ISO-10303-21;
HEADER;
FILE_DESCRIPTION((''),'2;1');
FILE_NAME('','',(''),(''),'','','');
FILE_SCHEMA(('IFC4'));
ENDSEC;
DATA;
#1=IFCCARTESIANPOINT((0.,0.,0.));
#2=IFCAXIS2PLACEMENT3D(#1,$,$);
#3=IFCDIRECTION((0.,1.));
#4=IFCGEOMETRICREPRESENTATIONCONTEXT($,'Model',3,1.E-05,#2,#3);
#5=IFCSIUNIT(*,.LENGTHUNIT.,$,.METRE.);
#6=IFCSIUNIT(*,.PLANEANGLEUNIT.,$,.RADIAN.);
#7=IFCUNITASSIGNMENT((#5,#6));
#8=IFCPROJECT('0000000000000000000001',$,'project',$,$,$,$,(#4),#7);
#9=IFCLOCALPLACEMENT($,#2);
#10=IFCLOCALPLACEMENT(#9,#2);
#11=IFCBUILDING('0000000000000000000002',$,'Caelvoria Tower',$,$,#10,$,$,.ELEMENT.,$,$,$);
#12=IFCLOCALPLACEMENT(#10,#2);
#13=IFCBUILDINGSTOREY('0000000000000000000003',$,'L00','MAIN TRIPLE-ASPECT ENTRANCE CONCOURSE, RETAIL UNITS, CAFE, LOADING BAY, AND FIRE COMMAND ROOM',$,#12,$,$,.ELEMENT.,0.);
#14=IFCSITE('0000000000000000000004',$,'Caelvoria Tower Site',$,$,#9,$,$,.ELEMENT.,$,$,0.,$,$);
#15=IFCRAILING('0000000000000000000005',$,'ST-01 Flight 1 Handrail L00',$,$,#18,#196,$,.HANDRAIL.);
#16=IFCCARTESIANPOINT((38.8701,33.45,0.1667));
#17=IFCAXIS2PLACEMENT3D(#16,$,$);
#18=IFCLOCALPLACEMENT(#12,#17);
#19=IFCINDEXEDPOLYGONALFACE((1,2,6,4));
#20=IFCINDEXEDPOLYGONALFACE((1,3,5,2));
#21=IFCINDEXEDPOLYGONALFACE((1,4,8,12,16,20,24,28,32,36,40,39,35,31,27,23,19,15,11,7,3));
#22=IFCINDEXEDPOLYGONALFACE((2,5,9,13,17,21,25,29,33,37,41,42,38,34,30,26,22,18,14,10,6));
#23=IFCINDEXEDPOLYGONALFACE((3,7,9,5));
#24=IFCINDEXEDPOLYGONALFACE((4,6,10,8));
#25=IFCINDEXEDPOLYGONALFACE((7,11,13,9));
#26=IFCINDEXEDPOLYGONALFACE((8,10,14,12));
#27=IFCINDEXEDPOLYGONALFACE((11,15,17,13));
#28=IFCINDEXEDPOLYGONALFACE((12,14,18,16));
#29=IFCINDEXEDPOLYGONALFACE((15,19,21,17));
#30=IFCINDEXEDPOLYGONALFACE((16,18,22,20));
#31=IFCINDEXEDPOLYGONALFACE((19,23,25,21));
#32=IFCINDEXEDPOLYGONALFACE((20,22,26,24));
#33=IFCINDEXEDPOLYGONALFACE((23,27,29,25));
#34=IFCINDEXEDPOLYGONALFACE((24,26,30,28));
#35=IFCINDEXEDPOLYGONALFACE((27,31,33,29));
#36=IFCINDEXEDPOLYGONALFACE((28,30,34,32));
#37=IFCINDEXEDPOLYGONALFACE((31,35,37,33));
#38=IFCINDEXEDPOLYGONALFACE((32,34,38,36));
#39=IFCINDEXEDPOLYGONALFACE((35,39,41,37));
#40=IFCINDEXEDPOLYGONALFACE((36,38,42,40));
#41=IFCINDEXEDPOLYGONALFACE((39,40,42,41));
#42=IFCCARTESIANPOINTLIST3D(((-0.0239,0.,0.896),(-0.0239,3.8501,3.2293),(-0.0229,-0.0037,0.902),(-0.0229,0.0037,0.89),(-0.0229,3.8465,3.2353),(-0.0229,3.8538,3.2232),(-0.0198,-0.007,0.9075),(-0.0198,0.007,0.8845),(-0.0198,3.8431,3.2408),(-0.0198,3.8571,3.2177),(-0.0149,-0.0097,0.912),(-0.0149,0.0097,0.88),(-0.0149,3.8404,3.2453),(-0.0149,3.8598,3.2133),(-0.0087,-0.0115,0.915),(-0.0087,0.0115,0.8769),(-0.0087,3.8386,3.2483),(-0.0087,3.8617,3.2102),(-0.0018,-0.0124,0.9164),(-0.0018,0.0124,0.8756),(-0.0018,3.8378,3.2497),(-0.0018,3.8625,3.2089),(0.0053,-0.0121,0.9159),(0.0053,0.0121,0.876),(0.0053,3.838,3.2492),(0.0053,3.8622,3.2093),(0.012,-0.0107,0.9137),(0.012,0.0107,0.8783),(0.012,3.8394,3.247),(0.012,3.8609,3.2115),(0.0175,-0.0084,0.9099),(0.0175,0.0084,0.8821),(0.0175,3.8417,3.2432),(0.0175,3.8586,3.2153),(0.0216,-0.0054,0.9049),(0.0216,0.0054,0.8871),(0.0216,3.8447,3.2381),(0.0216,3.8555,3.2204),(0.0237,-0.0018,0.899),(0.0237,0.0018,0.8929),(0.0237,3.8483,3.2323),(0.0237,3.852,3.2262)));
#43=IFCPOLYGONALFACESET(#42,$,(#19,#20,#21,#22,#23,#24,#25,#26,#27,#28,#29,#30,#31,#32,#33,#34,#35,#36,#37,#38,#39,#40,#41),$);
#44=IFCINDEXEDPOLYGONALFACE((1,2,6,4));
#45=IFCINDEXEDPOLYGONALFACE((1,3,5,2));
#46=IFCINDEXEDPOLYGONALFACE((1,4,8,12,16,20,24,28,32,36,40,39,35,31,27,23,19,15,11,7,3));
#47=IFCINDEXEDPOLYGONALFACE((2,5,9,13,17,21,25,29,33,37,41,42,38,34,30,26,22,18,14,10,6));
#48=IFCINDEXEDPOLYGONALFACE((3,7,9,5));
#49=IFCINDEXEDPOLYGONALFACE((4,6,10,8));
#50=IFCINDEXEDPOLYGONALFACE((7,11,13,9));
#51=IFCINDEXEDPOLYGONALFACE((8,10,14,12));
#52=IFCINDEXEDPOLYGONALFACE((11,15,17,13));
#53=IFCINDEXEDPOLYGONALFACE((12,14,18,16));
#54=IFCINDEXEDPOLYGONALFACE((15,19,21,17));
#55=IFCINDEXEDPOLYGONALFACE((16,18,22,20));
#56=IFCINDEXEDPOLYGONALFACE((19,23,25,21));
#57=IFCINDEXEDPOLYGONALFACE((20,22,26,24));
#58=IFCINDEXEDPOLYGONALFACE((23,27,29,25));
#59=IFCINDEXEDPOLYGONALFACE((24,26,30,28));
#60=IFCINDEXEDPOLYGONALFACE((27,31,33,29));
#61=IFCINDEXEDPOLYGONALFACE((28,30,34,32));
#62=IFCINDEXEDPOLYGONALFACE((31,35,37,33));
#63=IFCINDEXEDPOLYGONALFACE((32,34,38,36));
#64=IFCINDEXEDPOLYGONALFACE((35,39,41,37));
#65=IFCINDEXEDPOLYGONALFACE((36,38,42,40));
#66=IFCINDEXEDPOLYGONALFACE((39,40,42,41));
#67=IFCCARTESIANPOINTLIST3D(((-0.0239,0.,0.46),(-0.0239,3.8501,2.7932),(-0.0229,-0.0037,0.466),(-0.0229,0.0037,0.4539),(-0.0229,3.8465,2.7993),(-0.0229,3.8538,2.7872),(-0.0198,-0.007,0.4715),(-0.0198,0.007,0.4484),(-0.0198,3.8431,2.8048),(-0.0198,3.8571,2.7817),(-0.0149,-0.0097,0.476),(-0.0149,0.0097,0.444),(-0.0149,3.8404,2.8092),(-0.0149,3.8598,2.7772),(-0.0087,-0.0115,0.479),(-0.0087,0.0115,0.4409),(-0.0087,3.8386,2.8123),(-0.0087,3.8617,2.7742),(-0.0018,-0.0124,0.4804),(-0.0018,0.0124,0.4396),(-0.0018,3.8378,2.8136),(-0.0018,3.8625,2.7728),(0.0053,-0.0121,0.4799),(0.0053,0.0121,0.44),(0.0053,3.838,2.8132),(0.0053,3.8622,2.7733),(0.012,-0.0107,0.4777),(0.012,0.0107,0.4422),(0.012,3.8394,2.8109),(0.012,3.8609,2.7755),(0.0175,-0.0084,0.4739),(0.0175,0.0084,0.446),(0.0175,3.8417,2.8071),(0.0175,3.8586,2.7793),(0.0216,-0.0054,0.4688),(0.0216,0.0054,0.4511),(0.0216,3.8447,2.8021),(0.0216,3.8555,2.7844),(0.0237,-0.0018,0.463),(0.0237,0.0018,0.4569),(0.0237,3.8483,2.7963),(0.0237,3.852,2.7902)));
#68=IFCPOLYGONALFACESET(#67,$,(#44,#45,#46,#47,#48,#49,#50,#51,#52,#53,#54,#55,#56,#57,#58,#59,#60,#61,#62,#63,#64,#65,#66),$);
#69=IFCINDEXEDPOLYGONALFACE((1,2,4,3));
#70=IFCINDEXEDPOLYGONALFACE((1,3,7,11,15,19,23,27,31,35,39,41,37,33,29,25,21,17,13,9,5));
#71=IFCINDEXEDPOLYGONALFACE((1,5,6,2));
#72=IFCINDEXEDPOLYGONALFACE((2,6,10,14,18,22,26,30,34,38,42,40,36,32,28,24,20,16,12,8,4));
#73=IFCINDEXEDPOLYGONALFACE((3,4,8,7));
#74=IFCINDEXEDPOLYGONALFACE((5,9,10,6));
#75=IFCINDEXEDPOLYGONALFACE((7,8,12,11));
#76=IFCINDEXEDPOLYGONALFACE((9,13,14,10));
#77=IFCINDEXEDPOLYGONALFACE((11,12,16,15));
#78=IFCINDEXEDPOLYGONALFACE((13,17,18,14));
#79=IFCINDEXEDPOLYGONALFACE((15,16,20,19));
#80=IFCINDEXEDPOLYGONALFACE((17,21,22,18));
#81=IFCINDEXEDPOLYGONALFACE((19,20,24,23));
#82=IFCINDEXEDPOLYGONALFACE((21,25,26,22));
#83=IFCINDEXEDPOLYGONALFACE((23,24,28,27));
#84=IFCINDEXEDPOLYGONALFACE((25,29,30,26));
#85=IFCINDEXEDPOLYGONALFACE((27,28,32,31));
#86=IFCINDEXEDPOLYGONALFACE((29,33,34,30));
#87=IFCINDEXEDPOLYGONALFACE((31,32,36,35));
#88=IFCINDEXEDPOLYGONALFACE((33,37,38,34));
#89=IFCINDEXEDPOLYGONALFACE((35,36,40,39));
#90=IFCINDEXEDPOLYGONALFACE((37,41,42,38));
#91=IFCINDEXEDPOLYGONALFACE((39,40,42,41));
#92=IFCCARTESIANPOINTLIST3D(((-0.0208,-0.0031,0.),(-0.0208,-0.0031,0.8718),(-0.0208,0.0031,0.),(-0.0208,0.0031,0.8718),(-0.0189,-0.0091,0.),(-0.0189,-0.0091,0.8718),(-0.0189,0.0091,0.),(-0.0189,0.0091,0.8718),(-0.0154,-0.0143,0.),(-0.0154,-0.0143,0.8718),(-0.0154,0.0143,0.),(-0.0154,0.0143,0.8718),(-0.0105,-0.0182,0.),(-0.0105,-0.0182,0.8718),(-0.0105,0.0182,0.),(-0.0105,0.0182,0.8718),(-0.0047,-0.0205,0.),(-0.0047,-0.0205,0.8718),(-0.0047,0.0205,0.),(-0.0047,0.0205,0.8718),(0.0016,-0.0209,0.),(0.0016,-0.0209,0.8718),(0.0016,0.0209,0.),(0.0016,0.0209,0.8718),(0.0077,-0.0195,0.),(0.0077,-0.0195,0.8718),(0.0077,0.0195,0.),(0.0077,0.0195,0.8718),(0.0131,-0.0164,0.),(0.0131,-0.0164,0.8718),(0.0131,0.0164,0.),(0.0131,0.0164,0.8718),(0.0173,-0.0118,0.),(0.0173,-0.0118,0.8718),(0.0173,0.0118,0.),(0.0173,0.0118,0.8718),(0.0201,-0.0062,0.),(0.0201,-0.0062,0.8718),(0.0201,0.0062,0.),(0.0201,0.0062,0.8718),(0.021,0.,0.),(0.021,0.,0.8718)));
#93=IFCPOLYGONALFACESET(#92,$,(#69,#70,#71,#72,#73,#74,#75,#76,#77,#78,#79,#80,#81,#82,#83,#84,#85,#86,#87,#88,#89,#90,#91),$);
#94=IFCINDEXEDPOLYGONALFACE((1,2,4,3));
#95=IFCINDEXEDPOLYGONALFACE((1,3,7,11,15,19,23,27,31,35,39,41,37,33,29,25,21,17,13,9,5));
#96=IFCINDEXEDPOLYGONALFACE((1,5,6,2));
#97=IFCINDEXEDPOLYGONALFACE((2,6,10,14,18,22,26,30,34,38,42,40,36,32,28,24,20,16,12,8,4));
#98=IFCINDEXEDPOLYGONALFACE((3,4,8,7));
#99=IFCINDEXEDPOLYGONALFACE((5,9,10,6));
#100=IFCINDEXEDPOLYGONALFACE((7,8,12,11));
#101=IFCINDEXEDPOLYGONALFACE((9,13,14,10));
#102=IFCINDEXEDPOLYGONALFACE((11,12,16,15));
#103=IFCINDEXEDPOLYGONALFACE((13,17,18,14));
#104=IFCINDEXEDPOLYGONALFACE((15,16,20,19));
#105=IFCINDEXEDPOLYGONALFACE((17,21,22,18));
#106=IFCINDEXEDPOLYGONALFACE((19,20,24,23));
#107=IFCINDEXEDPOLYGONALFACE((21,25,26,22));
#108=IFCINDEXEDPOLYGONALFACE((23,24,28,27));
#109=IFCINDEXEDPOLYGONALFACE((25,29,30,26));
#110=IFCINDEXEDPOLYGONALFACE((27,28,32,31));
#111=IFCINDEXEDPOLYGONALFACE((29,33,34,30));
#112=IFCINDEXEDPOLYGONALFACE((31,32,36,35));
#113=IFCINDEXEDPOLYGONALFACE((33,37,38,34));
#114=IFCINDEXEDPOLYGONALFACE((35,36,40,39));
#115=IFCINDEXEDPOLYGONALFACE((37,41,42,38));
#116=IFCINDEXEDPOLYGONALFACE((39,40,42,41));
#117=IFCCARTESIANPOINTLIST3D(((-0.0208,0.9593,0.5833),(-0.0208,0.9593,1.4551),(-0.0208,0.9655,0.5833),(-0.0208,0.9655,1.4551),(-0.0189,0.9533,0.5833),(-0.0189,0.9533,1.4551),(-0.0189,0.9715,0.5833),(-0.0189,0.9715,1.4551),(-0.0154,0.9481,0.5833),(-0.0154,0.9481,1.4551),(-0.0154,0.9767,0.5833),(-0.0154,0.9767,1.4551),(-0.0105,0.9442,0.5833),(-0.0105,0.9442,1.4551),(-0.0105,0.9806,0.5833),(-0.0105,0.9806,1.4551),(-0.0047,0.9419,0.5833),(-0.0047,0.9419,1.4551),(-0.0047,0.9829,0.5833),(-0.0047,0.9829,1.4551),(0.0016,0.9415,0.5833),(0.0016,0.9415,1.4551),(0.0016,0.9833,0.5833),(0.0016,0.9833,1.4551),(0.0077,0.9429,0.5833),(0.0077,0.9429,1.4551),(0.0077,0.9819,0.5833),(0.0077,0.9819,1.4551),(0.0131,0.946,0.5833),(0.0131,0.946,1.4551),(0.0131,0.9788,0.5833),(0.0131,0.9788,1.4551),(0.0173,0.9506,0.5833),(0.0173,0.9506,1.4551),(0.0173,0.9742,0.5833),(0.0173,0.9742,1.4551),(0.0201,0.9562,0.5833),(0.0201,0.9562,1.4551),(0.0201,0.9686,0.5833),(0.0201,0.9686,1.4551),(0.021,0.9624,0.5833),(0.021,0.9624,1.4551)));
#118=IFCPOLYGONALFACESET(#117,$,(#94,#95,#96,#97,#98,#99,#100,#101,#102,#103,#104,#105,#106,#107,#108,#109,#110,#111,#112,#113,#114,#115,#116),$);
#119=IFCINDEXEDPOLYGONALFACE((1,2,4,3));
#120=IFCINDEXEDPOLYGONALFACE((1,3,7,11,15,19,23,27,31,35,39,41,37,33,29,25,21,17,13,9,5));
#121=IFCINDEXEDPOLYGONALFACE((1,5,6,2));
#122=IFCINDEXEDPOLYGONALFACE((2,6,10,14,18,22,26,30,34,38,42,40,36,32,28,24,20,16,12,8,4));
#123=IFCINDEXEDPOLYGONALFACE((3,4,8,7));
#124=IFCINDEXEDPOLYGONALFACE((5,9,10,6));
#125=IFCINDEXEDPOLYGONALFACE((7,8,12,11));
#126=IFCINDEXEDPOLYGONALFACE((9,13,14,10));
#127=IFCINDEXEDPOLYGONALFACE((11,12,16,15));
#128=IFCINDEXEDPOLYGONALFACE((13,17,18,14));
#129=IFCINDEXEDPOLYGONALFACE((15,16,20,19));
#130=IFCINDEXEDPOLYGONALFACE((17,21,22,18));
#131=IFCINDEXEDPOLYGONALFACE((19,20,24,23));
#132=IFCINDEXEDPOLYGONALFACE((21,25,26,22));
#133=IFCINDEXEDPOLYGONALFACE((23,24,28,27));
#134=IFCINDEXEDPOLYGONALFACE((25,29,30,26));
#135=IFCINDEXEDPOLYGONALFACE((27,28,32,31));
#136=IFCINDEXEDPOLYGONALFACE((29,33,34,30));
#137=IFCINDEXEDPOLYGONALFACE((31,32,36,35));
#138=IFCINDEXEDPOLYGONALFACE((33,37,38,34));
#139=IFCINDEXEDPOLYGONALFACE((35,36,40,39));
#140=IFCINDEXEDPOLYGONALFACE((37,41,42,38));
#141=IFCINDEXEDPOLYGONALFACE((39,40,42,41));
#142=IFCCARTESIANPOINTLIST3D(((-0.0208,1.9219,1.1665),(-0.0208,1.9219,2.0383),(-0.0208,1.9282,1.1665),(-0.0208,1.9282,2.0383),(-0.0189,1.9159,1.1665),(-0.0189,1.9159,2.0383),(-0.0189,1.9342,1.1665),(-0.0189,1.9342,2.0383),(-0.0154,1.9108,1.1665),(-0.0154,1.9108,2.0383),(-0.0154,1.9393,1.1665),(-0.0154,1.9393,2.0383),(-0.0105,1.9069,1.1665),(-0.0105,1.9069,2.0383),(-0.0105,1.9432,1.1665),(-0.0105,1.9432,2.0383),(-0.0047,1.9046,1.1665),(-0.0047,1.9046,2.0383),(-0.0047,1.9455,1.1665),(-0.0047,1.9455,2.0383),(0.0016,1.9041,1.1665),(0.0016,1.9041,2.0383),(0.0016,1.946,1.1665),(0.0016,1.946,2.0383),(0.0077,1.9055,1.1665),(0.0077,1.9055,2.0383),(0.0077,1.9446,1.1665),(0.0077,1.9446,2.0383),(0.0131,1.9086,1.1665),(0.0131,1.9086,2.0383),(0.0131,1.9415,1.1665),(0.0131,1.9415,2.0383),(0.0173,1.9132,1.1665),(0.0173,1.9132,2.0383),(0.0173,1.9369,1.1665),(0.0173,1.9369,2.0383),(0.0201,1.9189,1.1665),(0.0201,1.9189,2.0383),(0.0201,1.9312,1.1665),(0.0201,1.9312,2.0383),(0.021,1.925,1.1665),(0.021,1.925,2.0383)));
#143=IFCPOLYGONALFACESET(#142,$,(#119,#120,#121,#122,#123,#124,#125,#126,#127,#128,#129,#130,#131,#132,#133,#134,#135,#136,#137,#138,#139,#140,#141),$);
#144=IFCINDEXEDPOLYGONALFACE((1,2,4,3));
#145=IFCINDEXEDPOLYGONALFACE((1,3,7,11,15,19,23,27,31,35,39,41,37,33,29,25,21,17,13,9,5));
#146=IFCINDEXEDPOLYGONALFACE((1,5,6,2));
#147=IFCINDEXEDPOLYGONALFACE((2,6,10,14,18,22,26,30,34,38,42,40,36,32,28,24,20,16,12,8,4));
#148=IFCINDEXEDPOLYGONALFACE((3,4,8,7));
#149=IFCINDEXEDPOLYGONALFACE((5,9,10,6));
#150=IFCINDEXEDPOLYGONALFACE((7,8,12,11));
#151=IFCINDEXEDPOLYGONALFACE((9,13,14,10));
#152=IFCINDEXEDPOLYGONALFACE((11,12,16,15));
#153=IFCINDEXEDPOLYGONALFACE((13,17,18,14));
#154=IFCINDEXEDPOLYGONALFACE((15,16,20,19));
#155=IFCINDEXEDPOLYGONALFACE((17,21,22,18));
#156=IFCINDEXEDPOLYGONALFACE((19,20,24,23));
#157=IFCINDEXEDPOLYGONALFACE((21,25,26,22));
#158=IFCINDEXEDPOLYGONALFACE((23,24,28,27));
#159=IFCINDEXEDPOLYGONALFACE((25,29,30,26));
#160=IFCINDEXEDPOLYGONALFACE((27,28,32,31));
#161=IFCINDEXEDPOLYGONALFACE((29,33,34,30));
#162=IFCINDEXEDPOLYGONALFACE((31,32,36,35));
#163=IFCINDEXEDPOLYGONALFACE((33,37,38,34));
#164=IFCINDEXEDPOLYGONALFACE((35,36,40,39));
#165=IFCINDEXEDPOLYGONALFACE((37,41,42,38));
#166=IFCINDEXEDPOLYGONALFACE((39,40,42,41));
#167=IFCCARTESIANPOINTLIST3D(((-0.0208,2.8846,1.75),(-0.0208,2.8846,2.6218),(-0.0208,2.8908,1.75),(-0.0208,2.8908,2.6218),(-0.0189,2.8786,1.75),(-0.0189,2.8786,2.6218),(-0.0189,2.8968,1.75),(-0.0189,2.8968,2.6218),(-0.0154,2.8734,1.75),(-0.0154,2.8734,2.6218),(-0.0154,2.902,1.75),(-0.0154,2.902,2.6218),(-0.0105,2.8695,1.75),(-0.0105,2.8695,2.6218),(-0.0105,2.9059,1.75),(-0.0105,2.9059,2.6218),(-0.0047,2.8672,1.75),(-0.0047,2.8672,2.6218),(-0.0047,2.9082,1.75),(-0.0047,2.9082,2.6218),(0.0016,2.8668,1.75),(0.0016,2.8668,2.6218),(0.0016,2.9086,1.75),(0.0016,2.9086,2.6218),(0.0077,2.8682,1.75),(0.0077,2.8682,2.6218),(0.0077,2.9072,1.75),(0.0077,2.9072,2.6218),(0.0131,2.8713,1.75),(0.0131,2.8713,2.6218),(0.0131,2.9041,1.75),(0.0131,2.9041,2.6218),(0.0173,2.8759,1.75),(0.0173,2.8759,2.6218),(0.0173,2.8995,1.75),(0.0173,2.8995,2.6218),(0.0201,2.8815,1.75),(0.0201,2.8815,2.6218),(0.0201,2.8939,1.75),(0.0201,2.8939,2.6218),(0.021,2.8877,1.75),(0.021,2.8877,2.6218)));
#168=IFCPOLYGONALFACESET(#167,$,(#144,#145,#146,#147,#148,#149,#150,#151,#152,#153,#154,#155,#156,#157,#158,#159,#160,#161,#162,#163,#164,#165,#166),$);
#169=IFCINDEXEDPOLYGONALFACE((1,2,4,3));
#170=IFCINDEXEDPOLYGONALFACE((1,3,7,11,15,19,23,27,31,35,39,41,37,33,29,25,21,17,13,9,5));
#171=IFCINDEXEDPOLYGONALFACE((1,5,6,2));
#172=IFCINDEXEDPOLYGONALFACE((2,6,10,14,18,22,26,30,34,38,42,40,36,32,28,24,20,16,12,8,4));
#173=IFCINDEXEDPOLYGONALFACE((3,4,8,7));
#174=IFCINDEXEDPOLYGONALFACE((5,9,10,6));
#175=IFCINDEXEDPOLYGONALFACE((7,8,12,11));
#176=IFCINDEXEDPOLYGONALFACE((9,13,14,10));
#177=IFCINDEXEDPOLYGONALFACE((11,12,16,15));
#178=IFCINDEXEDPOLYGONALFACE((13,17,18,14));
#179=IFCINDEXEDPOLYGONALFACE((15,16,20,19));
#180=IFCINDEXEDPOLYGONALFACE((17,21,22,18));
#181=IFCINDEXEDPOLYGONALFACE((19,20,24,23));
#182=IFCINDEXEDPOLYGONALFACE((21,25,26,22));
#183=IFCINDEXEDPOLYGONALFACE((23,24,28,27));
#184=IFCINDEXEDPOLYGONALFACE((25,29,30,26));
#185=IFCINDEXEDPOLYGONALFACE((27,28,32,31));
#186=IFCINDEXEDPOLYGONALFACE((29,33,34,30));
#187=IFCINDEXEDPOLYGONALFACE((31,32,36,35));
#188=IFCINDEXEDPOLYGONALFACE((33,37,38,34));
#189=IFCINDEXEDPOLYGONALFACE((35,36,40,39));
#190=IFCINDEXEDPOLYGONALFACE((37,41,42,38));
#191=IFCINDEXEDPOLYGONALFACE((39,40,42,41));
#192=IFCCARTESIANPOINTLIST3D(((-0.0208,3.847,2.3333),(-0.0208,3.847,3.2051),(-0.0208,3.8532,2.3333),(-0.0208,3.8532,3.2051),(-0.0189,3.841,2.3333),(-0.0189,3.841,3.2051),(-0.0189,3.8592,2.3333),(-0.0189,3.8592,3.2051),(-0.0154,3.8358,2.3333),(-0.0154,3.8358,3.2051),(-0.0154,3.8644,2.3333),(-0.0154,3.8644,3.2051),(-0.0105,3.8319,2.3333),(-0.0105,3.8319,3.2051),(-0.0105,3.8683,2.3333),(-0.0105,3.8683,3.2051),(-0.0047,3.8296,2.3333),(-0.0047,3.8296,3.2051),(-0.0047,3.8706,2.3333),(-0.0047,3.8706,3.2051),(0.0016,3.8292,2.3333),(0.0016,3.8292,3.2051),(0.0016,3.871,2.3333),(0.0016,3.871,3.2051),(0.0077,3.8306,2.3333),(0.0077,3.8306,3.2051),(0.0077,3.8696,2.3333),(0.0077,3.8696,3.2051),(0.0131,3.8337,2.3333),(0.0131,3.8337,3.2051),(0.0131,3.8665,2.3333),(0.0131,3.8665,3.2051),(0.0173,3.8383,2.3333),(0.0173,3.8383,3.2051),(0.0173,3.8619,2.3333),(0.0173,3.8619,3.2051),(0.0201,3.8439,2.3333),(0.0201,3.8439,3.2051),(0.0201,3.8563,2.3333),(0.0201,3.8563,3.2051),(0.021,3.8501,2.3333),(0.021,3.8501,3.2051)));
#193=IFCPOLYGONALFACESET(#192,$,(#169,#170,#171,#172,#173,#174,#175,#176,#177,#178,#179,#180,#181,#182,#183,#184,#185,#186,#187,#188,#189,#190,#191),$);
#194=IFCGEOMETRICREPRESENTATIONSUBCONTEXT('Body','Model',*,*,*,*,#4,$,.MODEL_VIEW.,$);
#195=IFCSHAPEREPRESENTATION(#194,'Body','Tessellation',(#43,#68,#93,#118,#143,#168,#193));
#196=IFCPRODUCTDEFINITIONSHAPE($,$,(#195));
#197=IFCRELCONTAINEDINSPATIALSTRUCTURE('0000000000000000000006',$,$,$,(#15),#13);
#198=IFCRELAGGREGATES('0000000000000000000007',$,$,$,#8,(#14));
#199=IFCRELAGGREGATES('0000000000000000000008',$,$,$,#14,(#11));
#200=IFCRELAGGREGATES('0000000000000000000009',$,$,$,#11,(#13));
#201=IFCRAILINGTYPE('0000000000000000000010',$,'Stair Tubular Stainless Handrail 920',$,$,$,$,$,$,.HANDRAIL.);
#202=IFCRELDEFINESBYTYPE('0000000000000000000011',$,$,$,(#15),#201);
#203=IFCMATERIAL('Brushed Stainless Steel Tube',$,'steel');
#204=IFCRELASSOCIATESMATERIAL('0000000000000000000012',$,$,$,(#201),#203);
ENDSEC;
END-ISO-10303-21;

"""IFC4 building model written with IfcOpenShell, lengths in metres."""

from ifc_helpers import new_model, si_unit, direction, frame, origin, origin_2d, place, context, subcontext, project, spatial, circle, extrude, material, type_object, element, save


model = new_model("IFC4")

# Units and contexts
model_context = context("Model", 3, precision=1e-05, world=origin(), true_north=direction((0.0, 1.0)))
body_context = subcontext(model_context, "Body", "Model", "MODEL_VIEW")
ifc_project = project(units=[si_unit("LENGTHUNIT", "METRE"), si_unit("PLANEANGLEUNIT", "RADIAN")], contexts=[model_context])

# Site, building, storey
site_placement = place(None, origin())
site = spatial("IfcSite", under=ifc_project, at=site_placement, Name="Caelvoria Tower Site", CompositionType="ELEMENT", RefElevation=0.0)
building_placement = place(site_placement, origin())
building = spatial("IfcBuilding", under=site, at=building_placement, Name="Caelvoria Tower", CompositionType="ELEMENT")
storey_placement = place(building_placement, origin())
storey = spatial("IfcBuildingStorey", under=building, at=storey_placement, Name="L00", Description="MAIN TRIPLE-ASPECT ENTRANCE CONCOURSE, RETAIL UNITS, CAFE, LOADING BAY, AND FIRE COMMAND ROOM", CompositionType="ELEMENT", Elevation=0.0)

# Railing
ifc_material_1 = material(Name="Brushed Stainless Steel Tube", Category="steel")
railing_type_1 = type_object("IfcRailingType", Name="Stair Tubular Stainless Handrail 920", PredefinedType="HANDRAIL", material=ifc_material_1)
railing_1_placement = place(storey_placement, frame((38.8701, 33.45, 0.1667)))
element("IfcRailing", 1, at=railing_1_placement, inside=storey, type_object=railing_type_1, Name="ST-01 Flight 1 Handrail L00", PredefinedType="HANDRAIL", context=body_context, shape_type="SweptSolid", body=[
    extrude(circle(Radius=0.0239, at=origin_2d()), frame((0.0, 0.0, 0.896), z_axis=(0.0, 0.855212, 0.518279), x_axis=(-1.0, 0.0, 0.0)), (0.0, 0.0, 1.0), 4.502),
    extrude(circle(Radius=0.0239, at=origin_2d()), frame((0.0, 0.0, 0.46), z_axis=(0.0, 0.855212, 0.518279), x_axis=(-1.0, 0.0, 0.0)), (0.0, 0.0, 1.0), 4.502),
    extrude(circle(Radius=0.021, at=origin_2d()), origin(), (0.0, 0.0, 1.0), 0.8718),
    extrude(circle(Radius=0.021, at=origin_2d()), frame((0.0, 0.9624, 0.5833)), (0.0, 0.0, 1.0), 0.8718),
    extrude(circle(Radius=0.021, at=origin_2d()), frame((0.0, 1.925, 1.1665)), (0.0, 0.0, 1.0), 0.8718),
    extrude(circle(Radius=0.021, at=origin_2d()), frame((0.0, 2.8877, 1.75)), (0.0, 0.0, 1.0), 0.8718),
    extrude(circle(Radius=0.021, at=origin_2d()), frame((0.0, 3.8501, 2.3333)), (0.0, 0.0, 1.0), 0.8718),
])

save(model, "model.ifc")
